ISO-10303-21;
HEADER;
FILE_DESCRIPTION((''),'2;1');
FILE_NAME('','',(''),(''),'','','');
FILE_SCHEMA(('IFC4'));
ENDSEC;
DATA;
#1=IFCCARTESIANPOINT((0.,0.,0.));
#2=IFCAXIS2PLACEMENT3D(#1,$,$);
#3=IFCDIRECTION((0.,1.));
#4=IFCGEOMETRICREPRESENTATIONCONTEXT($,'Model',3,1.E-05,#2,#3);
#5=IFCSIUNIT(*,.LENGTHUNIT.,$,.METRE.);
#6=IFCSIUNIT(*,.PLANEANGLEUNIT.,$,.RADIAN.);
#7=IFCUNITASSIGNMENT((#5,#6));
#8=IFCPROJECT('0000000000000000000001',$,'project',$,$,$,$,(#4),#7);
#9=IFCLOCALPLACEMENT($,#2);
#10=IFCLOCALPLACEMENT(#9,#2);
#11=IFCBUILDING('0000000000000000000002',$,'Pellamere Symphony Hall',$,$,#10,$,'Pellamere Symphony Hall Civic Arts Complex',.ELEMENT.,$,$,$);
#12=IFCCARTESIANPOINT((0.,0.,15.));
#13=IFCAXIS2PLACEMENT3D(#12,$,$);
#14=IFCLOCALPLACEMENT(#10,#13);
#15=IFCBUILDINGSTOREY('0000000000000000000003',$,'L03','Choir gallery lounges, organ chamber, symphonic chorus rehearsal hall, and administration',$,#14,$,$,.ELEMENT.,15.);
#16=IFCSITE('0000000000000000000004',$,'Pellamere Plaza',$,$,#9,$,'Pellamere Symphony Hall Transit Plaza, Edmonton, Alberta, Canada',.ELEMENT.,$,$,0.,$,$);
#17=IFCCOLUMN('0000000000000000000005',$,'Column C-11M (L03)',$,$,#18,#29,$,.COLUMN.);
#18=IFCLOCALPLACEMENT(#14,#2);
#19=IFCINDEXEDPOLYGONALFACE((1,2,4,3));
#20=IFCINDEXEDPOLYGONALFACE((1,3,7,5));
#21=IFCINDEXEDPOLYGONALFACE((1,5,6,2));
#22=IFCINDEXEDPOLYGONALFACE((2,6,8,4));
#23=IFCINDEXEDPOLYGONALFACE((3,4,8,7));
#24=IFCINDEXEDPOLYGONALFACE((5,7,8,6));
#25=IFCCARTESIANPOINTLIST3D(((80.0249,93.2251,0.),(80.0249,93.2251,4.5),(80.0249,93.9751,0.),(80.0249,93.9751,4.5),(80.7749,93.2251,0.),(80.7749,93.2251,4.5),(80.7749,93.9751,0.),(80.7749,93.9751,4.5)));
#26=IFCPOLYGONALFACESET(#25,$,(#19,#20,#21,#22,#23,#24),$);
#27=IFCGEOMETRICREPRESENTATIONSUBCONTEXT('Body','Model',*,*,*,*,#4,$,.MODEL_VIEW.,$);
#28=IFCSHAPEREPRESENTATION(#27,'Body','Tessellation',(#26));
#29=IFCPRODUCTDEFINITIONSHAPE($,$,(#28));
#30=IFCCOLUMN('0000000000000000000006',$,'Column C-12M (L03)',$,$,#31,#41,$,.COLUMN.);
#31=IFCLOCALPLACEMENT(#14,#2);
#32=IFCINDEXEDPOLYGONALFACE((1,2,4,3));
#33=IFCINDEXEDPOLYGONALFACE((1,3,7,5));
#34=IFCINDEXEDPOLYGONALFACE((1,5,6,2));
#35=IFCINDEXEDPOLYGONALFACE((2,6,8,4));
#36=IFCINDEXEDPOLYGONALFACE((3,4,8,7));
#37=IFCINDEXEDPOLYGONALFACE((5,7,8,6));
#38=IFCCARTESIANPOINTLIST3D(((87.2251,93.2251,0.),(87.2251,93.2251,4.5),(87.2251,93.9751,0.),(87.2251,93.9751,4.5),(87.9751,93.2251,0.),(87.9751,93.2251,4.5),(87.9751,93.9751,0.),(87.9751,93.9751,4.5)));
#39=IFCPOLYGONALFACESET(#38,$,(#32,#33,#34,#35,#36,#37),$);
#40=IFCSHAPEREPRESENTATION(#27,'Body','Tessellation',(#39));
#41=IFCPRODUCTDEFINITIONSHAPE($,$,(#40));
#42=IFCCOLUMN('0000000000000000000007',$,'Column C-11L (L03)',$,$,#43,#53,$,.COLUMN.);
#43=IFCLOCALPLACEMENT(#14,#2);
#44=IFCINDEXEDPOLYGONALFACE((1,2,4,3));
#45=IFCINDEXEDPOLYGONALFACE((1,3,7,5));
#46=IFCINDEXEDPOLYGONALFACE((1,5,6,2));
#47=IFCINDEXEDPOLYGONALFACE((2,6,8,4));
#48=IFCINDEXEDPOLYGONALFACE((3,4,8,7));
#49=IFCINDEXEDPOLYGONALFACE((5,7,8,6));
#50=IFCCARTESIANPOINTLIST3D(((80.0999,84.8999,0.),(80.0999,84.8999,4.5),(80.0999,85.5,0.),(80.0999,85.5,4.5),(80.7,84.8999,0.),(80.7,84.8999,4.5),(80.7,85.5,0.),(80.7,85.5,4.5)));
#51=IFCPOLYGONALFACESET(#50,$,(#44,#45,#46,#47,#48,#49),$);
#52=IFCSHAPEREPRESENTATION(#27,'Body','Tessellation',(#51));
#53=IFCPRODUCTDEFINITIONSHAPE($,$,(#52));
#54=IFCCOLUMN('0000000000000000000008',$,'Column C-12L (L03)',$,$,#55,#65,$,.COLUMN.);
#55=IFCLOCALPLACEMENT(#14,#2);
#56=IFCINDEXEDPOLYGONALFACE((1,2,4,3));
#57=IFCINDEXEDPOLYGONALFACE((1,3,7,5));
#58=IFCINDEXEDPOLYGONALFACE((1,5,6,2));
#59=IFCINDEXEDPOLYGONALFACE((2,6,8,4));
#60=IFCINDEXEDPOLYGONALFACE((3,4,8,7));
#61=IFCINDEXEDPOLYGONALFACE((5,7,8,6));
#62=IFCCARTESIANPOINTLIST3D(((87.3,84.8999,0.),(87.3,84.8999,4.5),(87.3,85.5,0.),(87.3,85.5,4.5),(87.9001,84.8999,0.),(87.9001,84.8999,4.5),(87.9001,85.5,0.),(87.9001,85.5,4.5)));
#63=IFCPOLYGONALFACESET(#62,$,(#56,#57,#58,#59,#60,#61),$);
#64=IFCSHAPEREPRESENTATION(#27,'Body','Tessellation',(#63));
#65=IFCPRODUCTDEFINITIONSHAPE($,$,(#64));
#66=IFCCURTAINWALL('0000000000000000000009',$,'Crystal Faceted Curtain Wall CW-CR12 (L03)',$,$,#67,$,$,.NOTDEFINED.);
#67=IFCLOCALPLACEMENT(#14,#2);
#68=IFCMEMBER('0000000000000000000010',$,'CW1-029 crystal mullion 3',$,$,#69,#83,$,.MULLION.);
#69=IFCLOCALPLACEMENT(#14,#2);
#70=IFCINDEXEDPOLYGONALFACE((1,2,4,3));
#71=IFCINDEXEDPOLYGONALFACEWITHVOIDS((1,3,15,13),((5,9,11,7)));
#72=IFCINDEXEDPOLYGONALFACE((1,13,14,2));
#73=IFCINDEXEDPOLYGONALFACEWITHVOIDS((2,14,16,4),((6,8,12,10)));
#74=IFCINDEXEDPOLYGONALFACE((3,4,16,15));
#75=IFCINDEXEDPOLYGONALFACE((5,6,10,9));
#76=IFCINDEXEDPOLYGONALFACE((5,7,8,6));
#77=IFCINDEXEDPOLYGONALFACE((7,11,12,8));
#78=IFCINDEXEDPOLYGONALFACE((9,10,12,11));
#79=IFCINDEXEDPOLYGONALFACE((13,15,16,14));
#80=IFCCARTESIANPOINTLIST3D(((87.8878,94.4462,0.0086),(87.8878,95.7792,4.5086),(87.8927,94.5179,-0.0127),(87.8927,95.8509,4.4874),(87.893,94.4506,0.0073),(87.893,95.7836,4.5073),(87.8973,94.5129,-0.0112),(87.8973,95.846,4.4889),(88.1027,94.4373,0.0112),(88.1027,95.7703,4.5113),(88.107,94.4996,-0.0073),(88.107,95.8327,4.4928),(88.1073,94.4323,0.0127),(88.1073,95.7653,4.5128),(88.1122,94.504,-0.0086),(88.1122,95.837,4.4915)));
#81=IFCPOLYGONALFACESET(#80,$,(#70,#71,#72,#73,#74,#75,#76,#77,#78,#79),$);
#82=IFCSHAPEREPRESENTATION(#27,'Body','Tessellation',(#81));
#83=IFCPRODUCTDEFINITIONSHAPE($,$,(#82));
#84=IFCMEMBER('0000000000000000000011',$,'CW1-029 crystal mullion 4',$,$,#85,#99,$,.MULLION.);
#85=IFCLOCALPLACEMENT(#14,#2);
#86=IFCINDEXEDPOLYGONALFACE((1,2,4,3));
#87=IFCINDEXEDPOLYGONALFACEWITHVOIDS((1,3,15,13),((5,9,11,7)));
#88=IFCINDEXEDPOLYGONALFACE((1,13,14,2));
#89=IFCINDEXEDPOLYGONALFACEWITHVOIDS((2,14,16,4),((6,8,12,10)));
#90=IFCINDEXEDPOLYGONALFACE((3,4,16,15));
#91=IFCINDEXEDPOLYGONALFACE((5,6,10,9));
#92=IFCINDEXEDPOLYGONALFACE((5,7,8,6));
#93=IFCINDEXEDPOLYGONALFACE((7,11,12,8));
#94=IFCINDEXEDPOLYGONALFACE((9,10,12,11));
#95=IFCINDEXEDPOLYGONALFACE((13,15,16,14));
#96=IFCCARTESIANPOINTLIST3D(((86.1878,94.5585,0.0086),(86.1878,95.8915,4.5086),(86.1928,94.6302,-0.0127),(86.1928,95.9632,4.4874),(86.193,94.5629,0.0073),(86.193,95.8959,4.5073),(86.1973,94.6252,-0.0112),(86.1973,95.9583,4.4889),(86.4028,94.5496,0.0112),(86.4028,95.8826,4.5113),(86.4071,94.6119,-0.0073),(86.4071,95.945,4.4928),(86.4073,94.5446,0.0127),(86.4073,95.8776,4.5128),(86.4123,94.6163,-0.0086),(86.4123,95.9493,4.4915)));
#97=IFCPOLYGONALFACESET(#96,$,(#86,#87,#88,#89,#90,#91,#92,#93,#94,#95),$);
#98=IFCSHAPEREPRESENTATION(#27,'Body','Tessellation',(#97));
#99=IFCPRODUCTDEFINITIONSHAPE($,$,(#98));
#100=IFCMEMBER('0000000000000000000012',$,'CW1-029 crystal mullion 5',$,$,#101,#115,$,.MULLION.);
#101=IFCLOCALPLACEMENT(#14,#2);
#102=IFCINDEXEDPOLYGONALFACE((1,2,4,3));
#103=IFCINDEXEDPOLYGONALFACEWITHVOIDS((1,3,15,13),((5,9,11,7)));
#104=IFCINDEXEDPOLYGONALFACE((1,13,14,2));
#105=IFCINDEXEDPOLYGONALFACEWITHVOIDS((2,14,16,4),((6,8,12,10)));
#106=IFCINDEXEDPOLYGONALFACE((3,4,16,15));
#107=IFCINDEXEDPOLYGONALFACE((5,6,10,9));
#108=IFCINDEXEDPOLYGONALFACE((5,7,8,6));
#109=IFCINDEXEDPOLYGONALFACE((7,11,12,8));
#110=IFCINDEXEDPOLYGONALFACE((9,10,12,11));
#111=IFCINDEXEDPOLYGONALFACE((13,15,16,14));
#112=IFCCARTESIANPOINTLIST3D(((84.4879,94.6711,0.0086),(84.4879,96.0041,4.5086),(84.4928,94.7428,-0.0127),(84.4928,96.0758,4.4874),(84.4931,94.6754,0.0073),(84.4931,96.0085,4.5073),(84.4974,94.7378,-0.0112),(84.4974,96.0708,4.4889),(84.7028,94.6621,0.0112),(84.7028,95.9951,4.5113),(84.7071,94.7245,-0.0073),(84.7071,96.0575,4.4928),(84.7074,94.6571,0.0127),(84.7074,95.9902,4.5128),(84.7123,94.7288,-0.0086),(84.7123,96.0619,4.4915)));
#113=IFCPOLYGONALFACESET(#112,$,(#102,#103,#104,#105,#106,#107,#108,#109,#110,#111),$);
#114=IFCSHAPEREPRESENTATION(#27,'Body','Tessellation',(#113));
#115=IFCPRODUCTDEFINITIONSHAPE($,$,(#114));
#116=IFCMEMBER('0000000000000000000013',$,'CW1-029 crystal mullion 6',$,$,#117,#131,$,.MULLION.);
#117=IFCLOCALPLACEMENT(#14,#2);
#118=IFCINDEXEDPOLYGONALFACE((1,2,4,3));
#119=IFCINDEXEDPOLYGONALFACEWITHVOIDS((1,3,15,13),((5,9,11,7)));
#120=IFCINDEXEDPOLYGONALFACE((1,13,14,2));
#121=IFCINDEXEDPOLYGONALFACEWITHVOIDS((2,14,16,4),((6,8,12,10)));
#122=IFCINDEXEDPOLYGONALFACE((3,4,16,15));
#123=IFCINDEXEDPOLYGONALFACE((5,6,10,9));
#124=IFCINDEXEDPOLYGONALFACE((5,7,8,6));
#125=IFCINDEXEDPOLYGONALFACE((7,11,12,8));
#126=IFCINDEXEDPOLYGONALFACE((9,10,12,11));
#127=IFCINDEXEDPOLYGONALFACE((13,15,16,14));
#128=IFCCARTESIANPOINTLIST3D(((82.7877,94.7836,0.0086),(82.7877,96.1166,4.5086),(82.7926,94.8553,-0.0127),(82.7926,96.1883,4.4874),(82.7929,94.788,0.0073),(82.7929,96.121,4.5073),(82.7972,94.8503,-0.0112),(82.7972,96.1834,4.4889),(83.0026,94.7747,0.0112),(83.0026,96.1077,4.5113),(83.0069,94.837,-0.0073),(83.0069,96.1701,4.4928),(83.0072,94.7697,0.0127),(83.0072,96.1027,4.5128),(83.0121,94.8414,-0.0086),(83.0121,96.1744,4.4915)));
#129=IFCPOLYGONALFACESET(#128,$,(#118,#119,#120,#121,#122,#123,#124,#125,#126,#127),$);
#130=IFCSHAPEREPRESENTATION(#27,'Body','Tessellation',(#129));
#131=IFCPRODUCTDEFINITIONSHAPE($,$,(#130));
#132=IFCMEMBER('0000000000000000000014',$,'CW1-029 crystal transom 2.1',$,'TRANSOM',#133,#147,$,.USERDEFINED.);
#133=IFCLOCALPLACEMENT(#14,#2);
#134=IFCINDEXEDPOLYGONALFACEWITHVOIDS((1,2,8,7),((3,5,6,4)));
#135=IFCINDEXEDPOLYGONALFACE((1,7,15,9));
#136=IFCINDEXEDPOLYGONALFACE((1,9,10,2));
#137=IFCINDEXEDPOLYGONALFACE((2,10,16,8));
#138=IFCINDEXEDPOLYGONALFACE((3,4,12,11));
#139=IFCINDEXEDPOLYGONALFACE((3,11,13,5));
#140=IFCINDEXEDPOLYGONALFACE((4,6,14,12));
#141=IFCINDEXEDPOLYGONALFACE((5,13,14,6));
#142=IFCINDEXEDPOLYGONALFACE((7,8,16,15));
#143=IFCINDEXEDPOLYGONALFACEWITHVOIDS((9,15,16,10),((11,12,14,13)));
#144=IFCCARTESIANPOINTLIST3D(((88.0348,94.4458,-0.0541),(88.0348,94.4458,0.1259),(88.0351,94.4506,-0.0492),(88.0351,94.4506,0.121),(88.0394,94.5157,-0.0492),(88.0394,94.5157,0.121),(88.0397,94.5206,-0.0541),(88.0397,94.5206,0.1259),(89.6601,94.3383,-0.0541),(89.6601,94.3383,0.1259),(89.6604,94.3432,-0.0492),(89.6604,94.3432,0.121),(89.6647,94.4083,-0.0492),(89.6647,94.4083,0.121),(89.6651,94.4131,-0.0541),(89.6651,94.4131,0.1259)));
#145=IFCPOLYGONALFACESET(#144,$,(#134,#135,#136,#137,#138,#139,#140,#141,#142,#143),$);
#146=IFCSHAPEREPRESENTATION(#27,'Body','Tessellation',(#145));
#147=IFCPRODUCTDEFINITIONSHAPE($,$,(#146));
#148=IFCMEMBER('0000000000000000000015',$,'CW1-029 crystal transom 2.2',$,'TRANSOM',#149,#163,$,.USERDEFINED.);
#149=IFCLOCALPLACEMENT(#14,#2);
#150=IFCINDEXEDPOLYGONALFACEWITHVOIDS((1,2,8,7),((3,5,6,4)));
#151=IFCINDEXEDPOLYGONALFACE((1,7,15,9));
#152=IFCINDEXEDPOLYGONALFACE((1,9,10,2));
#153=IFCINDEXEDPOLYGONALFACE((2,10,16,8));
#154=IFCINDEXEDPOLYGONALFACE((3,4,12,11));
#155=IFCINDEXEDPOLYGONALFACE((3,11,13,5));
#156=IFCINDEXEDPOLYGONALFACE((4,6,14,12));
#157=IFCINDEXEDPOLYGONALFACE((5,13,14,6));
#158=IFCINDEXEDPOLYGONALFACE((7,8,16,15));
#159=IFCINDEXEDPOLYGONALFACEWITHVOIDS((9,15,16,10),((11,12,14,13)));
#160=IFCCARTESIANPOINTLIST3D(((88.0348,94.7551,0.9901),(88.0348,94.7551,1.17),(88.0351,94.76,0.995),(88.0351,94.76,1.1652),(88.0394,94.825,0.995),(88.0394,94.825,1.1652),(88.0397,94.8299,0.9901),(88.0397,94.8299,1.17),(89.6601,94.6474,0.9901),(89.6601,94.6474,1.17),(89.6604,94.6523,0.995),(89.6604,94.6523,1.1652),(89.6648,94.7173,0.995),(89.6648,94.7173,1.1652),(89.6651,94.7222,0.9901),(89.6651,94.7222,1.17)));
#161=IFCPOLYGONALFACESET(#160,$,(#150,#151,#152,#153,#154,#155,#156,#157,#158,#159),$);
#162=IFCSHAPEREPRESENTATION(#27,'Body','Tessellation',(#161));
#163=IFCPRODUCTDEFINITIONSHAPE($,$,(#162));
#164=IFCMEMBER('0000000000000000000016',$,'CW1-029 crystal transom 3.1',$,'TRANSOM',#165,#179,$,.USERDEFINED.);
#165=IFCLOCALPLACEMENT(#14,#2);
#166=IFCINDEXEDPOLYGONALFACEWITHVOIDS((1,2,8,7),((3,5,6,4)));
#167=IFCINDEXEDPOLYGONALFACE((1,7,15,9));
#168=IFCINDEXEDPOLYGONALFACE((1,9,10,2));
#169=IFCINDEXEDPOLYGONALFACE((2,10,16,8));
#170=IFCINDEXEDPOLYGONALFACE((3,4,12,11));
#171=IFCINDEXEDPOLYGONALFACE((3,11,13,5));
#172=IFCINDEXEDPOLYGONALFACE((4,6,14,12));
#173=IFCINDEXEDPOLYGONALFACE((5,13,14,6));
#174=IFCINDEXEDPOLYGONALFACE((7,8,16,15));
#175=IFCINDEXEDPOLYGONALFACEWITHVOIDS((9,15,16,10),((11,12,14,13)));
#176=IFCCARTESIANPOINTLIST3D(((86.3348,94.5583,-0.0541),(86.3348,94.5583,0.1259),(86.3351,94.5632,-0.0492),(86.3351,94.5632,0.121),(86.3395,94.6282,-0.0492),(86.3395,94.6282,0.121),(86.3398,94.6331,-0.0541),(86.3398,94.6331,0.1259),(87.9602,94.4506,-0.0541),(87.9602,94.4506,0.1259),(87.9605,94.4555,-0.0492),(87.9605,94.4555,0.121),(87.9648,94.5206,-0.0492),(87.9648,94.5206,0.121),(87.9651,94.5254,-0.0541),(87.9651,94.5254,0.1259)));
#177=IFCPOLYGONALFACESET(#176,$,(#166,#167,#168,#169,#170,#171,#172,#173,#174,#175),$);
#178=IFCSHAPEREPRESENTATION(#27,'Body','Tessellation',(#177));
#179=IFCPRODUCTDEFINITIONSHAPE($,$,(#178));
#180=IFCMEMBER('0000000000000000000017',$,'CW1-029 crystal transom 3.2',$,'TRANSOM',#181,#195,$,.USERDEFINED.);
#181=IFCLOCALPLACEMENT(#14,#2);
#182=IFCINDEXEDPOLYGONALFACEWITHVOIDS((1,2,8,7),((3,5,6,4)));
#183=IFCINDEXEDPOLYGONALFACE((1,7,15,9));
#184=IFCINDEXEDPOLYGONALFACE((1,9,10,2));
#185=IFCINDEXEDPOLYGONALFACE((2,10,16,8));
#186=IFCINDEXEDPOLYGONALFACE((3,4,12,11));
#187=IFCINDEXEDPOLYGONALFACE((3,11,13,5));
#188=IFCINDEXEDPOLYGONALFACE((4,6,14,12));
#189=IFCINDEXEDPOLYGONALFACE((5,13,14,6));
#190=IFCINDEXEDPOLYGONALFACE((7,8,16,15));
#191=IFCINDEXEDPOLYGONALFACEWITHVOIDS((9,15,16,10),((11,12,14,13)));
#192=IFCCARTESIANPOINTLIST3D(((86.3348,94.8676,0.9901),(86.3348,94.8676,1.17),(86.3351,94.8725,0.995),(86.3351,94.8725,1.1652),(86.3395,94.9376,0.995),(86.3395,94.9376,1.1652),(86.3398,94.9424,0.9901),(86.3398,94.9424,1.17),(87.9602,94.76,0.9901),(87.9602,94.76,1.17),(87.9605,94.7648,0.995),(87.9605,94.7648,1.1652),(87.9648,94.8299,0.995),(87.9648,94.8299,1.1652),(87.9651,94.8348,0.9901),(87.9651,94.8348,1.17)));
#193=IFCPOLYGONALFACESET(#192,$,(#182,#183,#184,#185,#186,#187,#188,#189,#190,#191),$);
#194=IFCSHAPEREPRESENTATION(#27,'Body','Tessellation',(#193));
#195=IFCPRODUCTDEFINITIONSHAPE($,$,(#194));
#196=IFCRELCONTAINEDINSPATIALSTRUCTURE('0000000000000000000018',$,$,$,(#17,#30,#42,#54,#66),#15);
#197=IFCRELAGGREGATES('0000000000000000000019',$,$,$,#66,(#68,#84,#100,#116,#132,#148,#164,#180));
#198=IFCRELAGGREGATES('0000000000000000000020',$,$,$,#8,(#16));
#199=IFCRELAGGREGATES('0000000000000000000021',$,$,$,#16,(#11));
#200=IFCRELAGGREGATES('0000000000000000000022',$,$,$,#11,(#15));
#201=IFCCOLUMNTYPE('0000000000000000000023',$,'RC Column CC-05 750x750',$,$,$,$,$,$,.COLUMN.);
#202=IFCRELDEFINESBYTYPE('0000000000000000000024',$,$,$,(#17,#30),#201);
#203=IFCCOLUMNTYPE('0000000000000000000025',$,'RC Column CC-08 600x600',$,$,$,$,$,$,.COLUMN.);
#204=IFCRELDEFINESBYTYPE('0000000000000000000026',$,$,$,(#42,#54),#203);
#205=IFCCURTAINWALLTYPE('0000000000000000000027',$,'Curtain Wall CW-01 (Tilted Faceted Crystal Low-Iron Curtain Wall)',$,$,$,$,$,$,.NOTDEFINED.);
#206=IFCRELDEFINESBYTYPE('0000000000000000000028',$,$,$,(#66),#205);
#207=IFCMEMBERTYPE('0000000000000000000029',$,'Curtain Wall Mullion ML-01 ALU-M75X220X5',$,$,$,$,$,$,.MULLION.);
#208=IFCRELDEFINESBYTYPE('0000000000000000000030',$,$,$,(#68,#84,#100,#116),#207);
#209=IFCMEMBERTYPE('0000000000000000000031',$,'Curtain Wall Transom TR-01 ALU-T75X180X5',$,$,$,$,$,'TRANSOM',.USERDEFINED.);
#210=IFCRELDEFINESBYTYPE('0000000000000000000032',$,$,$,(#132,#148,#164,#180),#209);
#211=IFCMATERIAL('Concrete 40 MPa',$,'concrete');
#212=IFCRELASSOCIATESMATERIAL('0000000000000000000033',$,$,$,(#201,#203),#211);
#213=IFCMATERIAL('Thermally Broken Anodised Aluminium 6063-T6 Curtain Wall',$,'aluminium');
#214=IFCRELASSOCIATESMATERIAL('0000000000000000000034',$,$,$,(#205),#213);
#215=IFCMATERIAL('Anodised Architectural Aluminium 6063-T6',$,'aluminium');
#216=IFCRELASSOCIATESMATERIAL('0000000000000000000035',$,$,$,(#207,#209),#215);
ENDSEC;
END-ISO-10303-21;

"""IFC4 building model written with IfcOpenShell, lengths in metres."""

from ifc_helpers import new_model, si_unit, direction, frame, origin, origin_2d, place, context, subcontext, project, spatial, rectangle, hollow_rectangle, extrude, material, material_profile, profile_set, type_object, element, aggregate, save


model = new_model("IFC4")

# Units and contexts
model_context = context("Model", 3, precision=1e-05, world=origin(), true_north=direction((0.0, 1.0)))
body_context = subcontext(model_context, "Body", "Model", "MODEL_VIEW")
ifc_project = project(units=[si_unit("LENGTHUNIT", "METRE"), si_unit("PLANEANGLEUNIT", "RADIAN")], contexts=[model_context])

# Site, building, storey
site_placement = place(None, origin())
site = spatial("IfcSite", under=ifc_project, at=site_placement, Name="Pellamere Plaza", LongName="Pellamere Symphony Hall Transit Plaza, Edmonton, Alberta, Canada", CompositionType="ELEMENT", RefElevation=0.0)
building_placement = place(site_placement, origin())
building = spatial("IfcBuilding", under=site, at=building_placement, Name="Pellamere Symphony Hall", LongName="Pellamere Symphony Hall Civic Arts Complex", CompositionType="ELEMENT")
storey_placement = place(building_placement, frame((0.0, 0.0, 15.0)))
storey = spatial("IfcBuildingStorey", under=building, at=storey_placement, Name="L03", Description="Choir gallery lounges, organ chamber, symphonic chorus rehearsal hall, and administration", CompositionType="ELEMENT", Elevation=15.0)

# Columns
ifc_material_1 = material(Name="Concrete 40 MPa", Category="concrete")
ifc_material_profile_1 = material_profile(ifc_material_1, rectangle(XDim=0.75, YDim=0.75, at=origin_2d()), Name="RC 750x750")
ifc_profile_set_1 = profile_set([ifc_material_profile_1], Name="Concrete 40 MPa")
column_type_1 = type_object("IfcColumnType", Name="RC Column CC-05 750x750", PredefinedType="COLUMN", material=ifc_profile_set_1)
for number, where, z_axis, x_axis, name in (
    (1, (80.3999, 93.6001, 0.0), (0.0, 0.0, 1.0), (1.0, 0.0, 0.0), "Column C-11M (L03)"),
    (2, (87.6001, 93.6001, 0.0), (0.0, 0.0, 1.0), (1.0, 0.0, 0.0), "Column C-12M (L03)"),
):
    element("IfcColumn", number, at=place(storey_placement, frame(where, z_axis=z_axis, x_axis=x_axis)), inside=storey, type_object=column_type_1, Name=name, PredefinedType="COLUMN", context=body_context, shape_type="SweptSolid", body=[
        extrude(rectangle(XDim=0.75, YDim=0.75, at=origin_2d()), origin(), (0.0, 0.0, 1.0), 4.5),
    ])
ifc_material_profile_2 = material_profile(ifc_material_1, rectangle(XDim=0.6001, YDim=0.6001, at=origin_2d()), Name="RC 600x600")
ifc_profile_set_2 = profile_set([ifc_material_profile_2], Name="Concrete 40 MPa")
column_type_2 = type_object("IfcColumnType", Name="RC Column CC-08 600x600", PredefinedType="COLUMN", material=ifc_profile_set_2)
for number, where, z_axis, x_axis, name in (
    (3, (80.3999, 85.2, 0.0), (0.0, 0.0, 1.0), (1.0, 0.0, 0.0), "Column C-11L (L03)"),
    (4, (87.6001, 85.2, 0.0), (0.0, 0.0, 1.0), (1.0, 0.0, 0.0), "Column C-12L (L03)"),
):
    element("IfcColumn", number, at=place(storey_placement, frame(where, z_axis=z_axis, x_axis=x_axis)), inside=storey, type_object=column_type_2, Name=name, PredefinedType="COLUMN", context=body_context, shape_type="SweptSolid", body=[
        extrude(rectangle(XDim=0.6001, YDim=0.6001, at=origin_2d()), origin(), (0.0, 0.0, 1.0), 4.5),
    ])

# Curtain wall, members
ifc_material_2 = material(Name="Thermally Broken Anodised Aluminium 6063-T6 Curtain Wall", Category="aluminium")
curtain_wall_type = type_object("IfcCurtainWallType", Name="Curtain Wall CW-01 (Tilted Faceted Crystal Low-Iron Curtain Wall)", PredefinedType="NOTDEFINED", material=ifc_material_2)
curtain_wall_placement = place(storey_placement, origin())
curtain_wall = element("IfcCurtainWall", 5, at=curtain_wall_placement, inside=storey, type_object=curtain_wall_type, Name="Crystal Faceted Curtain Wall CW-CR12 (L03)", PredefinedType="NOTDEFINED")
ifc_material_3 = material(Name="Anodised Architectural Aluminium 6063-T6", Category="aluminium")
ifc_material_profile_3 = material_profile(ifc_material_3, hollow_rectangle(XDim=0.075, YDim=0.22, WallThickness=0.0049, at=origin_2d()), Name="ALU-M75X220X5")
ifc_profile_set_3 = profile_set([ifc_material_profile_3], Name="Anodised Architectural Aluminium 6063-T6")
member_type_1 = type_object("IfcMemberType", Name="Curtain Wall Mullion ML-01 ALU-M75X220X5", PredefinedType="MULLION", material=ifc_profile_set_3)
member_1_placement = place(storey_placement, frame((88.0, 94.4751, 0.0), z_axis=(0.0, 0.284025, 0.958817), x_axis=(0.066032, 0.956724, -0.283405)))
member_1 = element("IfcMember", 6, at=member_1_placement, type_object=member_type_1, Name="CW1-029 crystal mullion 3", PredefinedType="MULLION", context=body_context, shape_type="SweptSolid", body=[
    extrude(hollow_rectangle(XDim=0.075, YDim=0.22, WallThickness=0.0049, at=origin_2d()), origin(), (0.0, 0.0, 1.0), 4.6934),
])
member_2_placement = place(storey_placement, frame((86.3, 94.5874, 0.0), z_axis=(0.0, 0.284025, 0.958817), x_axis=(0.066032, 0.956724, -0.283405)))
member_2 = element("IfcMember", 7, at=member_2_placement, type_object=member_type_1, Name="CW1-029 crystal mullion 4", PredefinedType="MULLION", context=body_context, shape_type="SweptSolid", body=[
    extrude(hollow_rectangle(XDim=0.075, YDim=0.22, WallThickness=0.0049, at=origin_2d()), origin(), (0.0, 0.0, 1.0), 4.6934),
])
member_3_placement = place(storey_placement, frame((84.6001, 94.7, 0.0), z_axis=(0.0, 0.284025, 0.958817), x_axis=(0.066032, 0.956724, -0.283405)))
member_3 = element("IfcMember", 8, at=member_3_placement, type_object=member_type_1, Name="CW1-029 crystal mullion 5", PredefinedType="MULLION", context=body_context, shape_type="SweptSolid", body=[
    extrude(hollow_rectangle(XDim=0.075, YDim=0.22, WallThickness=0.0049, at=origin_2d()), origin(), (0.0, 0.0, 1.0), 4.6934),
])
member_4_placement = place(storey_placement, frame((82.8999, 94.8125, 0.0), z_axis=(0.0, 0.284025, 0.958817), x_axis=(0.066032, 0.956724, -0.283405)))
member_4 = element("IfcMember", 9, at=member_4_placement, type_object=member_type_1, Name="CW1-029 crystal mullion 6", PredefinedType="MULLION", context=body_context, shape_type="SweptSolid", body=[
    extrude(hollow_rectangle(XDim=0.075, YDim=0.22, WallThickness=0.0049, at=origin_2d()), origin(), (0.0, 0.0, 1.0), 4.6934),
])
ifc_material_profile_4 = material_profile(ifc_material_3, hollow_rectangle(XDim=0.075, YDim=0.1799, WallThickness=0.0049, at=origin_2d()), Name="ALU-T75X180X5")
ifc_profile_set_4 = profile_set([ifc_material_profile_4], Name="Anodised Architectural Aluminium 6063-T6")
member_type_2 = type_object("IfcMemberType", Name="Curtain Wall Transom TR-01 ALU-T75X180X5", ElementType="TRANSOM", PredefinedType="USERDEFINED", material=ifc_profile_set_4)
member_5_placement = place(storey_placement, frame((89.6626, 94.3757, 0.0359), z_axis=(-0.997823, 0.065952, 0.0), x_axis=(-0.065952, -0.997823, 0.0)))
member_5 = element("IfcMember", 10, at=member_5_placement, type_object=member_type_2, Name="CW1-029 crystal transom 2.1", ObjectType="TRANSOM", PredefinedType="USERDEFINED", context=body_context, shape_type="SweptSolid", body=[
    extrude(hollow_rectangle(XDim=0.075, YDim=0.1799, WallThickness=0.0049, at=origin_2d()), origin(), (0.0, 0.0, 1.0), 1.6289),
])
member_6_placement = place(storey_placement, frame((89.6626, 94.6848, 1.0801), z_axis=(-0.997813, 0.066101, 0.0), x_axis=(-0.066101, -0.997813, 0.0)))
member_6 = element("IfcMember", 11, at=member_6_placement, type_object=member_type_2, Name="CW1-029 crystal transom 2.2", ObjectType="TRANSOM", PredefinedType="USERDEFINED", context=body_context, shape_type="SweptSolid", body=[
    extrude(hollow_rectangle(XDim=0.075, YDim=0.1799, WallThickness=0.0049, at=origin_2d()), origin(), (0.0, 0.0, 1.0), 1.6289),
])
member_7_placement = place(storey_placement, frame((87.9626, 94.488, 0.0359), z_axis=(-0.997813, 0.066101, 0.0), x_axis=(-0.066101, -0.997813, 0.0)))
member_7 = element("IfcMember", 12, at=member_7_placement, type_object=member_type_2, Name="CW1-029 crystal transom 3.1", ObjectType="TRANSOM", PredefinedType="USERDEFINED", context=body_context, shape_type="SweptSolid", body=[
    extrude(hollow_rectangle(XDim=0.075, YDim=0.1799, WallThickness=0.0049, at=origin_2d()), origin(), (0.0, 0.0, 1.0), 1.6289),
])
member_8_placement = place(storey_placement, frame((87.9626, 94.7974, 1.0801), z_axis=(-0.997813, 0.066101, 0.0), x_axis=(-0.066101, -0.997813, 0.0)))
member_8 = element("IfcMember", 13, at=member_8_placement, type_object=member_type_2, Name="CW1-029 crystal transom 3.2", ObjectType="TRANSOM", PredefinedType="USERDEFINED", context=body_context, shape_type="SweptSolid", body=[
    extrude(hollow_rectangle(XDim=0.075, YDim=0.1799, WallThickness=0.0049, at=origin_2d()), origin(), (0.0, 0.0, 1.0), 1.6289),
])

aggregate(curtain_wall, [member_1, member_2, member_3, member_4, member_5, member_6, member_7, member_8])

save(model, "model.ifc")
